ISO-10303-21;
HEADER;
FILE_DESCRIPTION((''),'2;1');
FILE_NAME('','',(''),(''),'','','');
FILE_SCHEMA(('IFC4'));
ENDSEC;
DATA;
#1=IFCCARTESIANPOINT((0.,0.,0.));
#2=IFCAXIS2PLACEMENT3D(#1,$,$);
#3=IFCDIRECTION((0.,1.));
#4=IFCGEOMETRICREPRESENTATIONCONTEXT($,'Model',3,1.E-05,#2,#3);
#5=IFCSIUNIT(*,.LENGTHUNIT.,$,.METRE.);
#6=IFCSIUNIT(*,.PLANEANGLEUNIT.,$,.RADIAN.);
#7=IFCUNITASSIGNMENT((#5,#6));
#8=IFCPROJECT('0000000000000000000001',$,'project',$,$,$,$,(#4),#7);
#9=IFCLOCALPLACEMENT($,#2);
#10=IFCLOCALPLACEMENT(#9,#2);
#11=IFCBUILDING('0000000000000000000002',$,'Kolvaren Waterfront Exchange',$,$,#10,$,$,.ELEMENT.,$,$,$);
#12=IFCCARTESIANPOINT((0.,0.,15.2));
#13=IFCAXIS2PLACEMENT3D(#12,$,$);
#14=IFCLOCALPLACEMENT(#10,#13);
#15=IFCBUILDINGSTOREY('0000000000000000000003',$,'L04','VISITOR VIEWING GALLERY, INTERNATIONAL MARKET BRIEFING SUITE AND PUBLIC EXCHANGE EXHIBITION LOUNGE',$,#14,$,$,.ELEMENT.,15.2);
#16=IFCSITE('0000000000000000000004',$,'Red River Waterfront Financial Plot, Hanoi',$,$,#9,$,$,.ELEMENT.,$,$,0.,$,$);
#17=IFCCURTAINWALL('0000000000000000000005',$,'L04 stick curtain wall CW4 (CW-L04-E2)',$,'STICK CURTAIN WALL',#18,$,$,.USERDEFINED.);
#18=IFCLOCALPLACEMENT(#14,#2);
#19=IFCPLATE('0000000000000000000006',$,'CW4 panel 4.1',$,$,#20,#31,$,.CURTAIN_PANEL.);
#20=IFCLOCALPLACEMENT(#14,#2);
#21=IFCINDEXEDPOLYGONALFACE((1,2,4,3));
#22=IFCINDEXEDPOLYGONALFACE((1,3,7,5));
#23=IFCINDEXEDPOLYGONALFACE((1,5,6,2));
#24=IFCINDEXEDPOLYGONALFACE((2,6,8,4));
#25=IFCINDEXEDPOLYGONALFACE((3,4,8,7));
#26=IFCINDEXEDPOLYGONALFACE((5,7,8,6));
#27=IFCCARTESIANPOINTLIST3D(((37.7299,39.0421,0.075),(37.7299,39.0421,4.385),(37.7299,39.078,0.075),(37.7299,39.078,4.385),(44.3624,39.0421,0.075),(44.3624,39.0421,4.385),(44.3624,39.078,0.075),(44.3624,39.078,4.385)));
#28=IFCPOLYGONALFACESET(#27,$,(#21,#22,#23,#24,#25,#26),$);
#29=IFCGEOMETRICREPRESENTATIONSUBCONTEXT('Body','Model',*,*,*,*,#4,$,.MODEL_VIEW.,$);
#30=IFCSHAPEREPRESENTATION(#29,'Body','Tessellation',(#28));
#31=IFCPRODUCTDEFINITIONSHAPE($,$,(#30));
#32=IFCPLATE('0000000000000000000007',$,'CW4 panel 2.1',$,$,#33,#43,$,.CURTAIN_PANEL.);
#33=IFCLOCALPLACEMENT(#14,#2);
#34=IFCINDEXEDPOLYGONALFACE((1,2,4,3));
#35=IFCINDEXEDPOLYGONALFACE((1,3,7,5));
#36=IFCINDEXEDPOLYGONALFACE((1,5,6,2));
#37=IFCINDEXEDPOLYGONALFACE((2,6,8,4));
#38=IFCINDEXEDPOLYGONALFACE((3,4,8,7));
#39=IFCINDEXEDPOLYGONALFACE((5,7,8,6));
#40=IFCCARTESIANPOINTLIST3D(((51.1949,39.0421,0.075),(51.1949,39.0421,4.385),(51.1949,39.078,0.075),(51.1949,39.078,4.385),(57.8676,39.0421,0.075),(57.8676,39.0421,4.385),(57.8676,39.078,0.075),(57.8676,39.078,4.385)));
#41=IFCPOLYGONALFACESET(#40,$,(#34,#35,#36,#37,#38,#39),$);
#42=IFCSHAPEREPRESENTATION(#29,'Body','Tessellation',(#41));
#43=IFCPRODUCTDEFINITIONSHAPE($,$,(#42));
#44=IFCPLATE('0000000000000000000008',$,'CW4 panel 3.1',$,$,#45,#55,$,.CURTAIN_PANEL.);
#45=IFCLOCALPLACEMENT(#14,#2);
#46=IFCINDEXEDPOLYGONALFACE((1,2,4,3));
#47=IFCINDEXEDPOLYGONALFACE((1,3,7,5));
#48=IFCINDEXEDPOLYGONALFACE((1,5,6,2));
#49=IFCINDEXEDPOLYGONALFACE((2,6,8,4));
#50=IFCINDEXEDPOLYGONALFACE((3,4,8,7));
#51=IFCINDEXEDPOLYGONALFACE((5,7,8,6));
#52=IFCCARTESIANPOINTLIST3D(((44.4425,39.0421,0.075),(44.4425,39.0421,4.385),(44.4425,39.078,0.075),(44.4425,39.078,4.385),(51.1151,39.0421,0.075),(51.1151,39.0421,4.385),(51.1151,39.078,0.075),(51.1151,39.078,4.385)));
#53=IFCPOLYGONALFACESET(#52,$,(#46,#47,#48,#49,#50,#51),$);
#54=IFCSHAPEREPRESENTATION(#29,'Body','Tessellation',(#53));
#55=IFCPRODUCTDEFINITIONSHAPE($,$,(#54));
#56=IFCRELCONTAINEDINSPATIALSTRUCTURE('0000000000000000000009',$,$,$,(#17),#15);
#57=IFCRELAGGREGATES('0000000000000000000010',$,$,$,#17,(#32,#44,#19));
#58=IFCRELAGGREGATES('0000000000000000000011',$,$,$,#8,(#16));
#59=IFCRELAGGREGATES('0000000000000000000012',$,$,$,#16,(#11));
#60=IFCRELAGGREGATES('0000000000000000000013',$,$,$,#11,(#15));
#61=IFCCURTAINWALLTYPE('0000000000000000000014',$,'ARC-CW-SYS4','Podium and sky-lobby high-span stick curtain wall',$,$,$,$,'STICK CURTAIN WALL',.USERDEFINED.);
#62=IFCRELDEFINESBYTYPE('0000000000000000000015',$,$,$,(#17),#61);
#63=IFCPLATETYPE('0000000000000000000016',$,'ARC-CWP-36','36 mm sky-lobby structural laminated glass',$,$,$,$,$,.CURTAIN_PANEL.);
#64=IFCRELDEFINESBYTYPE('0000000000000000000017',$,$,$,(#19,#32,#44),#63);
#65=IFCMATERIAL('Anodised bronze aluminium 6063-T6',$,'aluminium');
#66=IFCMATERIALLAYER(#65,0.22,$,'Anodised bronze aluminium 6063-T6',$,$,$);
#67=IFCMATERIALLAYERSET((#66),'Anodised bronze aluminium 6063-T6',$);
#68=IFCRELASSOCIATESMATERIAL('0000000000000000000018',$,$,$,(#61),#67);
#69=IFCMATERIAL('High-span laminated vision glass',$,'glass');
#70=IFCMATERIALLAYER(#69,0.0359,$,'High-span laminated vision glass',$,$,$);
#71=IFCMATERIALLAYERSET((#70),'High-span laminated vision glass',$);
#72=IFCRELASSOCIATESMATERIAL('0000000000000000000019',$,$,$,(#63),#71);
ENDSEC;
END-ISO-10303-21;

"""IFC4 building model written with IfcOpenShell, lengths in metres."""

from ifc_helpers import new_model, si_unit, direction, frame, origin, origin_with_axes, origin_2d, place, context, subcontext, project, spatial, rectangle, extrude, source, transform, mapped, material, layer, layer_set, type_object, element, aggregate, save


model = new_model("IFC4")

# Units and contexts
model_context = context("Model", 3, precision=1e-05, world=origin(), true_north=direction((0.0, 1.0)))
body_context = subcontext(model_context, "Body", "Model", "MODEL_VIEW")
ifc_project = project(units=[si_unit("LENGTHUNIT", "METRE"), si_unit("PLANEANGLEUNIT", "RADIAN")], contexts=[model_context])

# Site, building, storey
site_placement = place(None, origin())
site = spatial("IfcSite", under=ifc_project, at=site_placement, Name="Red River Waterfront Financial Plot, Hanoi", CompositionType="ELEMENT", RefElevation=0.0)
building_placement = place(site_placement, origin())
building = spatial("IfcBuilding", under=site, at=building_placement, Name="Kolvaren Waterfront Exchange", CompositionType="ELEMENT")
storey_placement = place(building_placement, frame((0.0, 0.0, 15.2)))
storey = spatial("IfcBuildingStorey", under=building, at=storey_placement, Name="L04", Description="VISITOR VIEWING GALLERY, INTERNATIONAL MARKET BRIEFING SUITE AND PUBLIC EXCHANGE EXHIBITION LOUNGE", CompositionType="ELEMENT", Elevation=15.2)

# Curtain wall
ifc_material_1 = material(Name="Anodised bronze aluminium 6063-T6", Category="aluminium")
ifc_layer_1 = layer(ifc_material_1, 0.22, Name="Anodised bronze aluminium 6063-T6")
ifc_layer_set_1 = layer_set([ifc_layer_1], Name="Anodised bronze aluminium 6063-T6")
curtain_wall_type = type_object("IfcCurtainWallType", Name="ARC-CW-SYS4", Description="Podium and sky-lobby high-span stick curtain wall", ElementType="STICK CURTAIN WALL", PredefinedType="USERDEFINED", material=ifc_layer_set_1)
curtain_wall_1_placement = place(storey_placement, origin())
curtain_wall_1 = element("IfcCurtainWall", 1, at=curtain_wall_1_placement, inside=storey, type_object=curtain_wall_type, Name="L04 stick curtain wall CW4 (CW-L04-E2)", ObjectType="STICK CURTAIN WALL", PredefinedType="USERDEFINED")

# Plates
ifc_material_2 = material(Name="High-span laminated vision glass", Category="glass")
ifc_layer_2 = layer(ifc_material_2, 0.0359, Name="High-span laminated vision glass")
ifc_layer_set_2 = layer_set([ifc_layer_2], Name="High-span laminated vision glass")
plate_type = type_object("IfcPlateType", Name="ARC-CWP-36", Description="36 mm sky-lobby structural laminated glass", PredefinedType="CURTAIN_PANEL", material=ifc_layer_set_2)
shared_shape_1 = source(origin_with_axes(), body_context, "Body", "SweptSolid", [
    extrude(rectangle(XDim=6.6326, YDim=0.0359, at=origin_2d()), origin(), (0.0, 0.0, 1.0), 4.3101),
])
plate_1_placement = place(storey_placement, frame((41.0461, 39.0601, 0.075), z_axis=(0.0, 0.0, 1.0), x_axis=(-1.0, 0.0, 0.0)))
plate_1 = element("IfcPlate", 2, at=plate_1_placement, type_object=plate_type, Name="CW4 panel 4.1", PredefinedType="CURTAIN_PANEL", context=body_context, shape_type="MappedRepresentation", body=[
    mapped(shared_shape_1, transform((0.0, 0.0, 0.0), x_axis=(1.0, 0.0, 0.0), y_axis=(0.0, 1.0, 0.0), z_axis=(0.0, 0.0, 1.0), scale=1.0)),
])
shared_shape_2 = source(origin_with_axes(), body_context, "Body", "SweptSolid", [
    extrude(rectangle(XDim=6.6726, YDim=0.0359, at=origin_2d()), origin(), (0.0, 0.0, 1.0), 4.3101),
])
plate_2_placement = place(storey_placement, frame((54.5312, 39.0601, 0.075), z_axis=(0.0, 0.0, 1.0), x_axis=(-1.0, 0.0, 0.0)))
plate_2 = element("IfcPlate", 3, at=plate_2_placement, type_object=plate_type, Name="CW4 panel 2.1", PredefinedType="CURTAIN_PANEL", context=body_context, shape_type="MappedRepresentation", body=[
    mapped(shared_shape_2, transform((0.0, 0.0, 0.0), x_axis=(1.0, 0.0, 0.0), y_axis=(0.0, 1.0, 0.0), z_axis=(0.0, 0.0, 1.0), scale=1.0)),
])
plate_3_placement = place(storey_placement, frame((47.7788, 39.0601, 0.075), z_axis=(0.0, 0.0, 1.0), x_axis=(-1.0, 0.0, 0.0)))
plate_3 = element("IfcPlate", 4, at=plate_3_placement, type_object=plate_type, Name="CW4 panel 3.1", PredefinedType="CURTAIN_PANEL", context=body_context, shape_type="MappedRepresentation", body=[
    mapped(shared_shape_2, transform((0.0, 0.0, 0.0), x_axis=(1.0, 0.0, 0.0), y_axis=(0.0, 1.0, 0.0), z_axis=(0.0, 0.0, 1.0), scale=1.0)),
])
aggregate(curtain_wall_1, [plate_2, plate_3, plate_1])

save(model, "model.ifc")
